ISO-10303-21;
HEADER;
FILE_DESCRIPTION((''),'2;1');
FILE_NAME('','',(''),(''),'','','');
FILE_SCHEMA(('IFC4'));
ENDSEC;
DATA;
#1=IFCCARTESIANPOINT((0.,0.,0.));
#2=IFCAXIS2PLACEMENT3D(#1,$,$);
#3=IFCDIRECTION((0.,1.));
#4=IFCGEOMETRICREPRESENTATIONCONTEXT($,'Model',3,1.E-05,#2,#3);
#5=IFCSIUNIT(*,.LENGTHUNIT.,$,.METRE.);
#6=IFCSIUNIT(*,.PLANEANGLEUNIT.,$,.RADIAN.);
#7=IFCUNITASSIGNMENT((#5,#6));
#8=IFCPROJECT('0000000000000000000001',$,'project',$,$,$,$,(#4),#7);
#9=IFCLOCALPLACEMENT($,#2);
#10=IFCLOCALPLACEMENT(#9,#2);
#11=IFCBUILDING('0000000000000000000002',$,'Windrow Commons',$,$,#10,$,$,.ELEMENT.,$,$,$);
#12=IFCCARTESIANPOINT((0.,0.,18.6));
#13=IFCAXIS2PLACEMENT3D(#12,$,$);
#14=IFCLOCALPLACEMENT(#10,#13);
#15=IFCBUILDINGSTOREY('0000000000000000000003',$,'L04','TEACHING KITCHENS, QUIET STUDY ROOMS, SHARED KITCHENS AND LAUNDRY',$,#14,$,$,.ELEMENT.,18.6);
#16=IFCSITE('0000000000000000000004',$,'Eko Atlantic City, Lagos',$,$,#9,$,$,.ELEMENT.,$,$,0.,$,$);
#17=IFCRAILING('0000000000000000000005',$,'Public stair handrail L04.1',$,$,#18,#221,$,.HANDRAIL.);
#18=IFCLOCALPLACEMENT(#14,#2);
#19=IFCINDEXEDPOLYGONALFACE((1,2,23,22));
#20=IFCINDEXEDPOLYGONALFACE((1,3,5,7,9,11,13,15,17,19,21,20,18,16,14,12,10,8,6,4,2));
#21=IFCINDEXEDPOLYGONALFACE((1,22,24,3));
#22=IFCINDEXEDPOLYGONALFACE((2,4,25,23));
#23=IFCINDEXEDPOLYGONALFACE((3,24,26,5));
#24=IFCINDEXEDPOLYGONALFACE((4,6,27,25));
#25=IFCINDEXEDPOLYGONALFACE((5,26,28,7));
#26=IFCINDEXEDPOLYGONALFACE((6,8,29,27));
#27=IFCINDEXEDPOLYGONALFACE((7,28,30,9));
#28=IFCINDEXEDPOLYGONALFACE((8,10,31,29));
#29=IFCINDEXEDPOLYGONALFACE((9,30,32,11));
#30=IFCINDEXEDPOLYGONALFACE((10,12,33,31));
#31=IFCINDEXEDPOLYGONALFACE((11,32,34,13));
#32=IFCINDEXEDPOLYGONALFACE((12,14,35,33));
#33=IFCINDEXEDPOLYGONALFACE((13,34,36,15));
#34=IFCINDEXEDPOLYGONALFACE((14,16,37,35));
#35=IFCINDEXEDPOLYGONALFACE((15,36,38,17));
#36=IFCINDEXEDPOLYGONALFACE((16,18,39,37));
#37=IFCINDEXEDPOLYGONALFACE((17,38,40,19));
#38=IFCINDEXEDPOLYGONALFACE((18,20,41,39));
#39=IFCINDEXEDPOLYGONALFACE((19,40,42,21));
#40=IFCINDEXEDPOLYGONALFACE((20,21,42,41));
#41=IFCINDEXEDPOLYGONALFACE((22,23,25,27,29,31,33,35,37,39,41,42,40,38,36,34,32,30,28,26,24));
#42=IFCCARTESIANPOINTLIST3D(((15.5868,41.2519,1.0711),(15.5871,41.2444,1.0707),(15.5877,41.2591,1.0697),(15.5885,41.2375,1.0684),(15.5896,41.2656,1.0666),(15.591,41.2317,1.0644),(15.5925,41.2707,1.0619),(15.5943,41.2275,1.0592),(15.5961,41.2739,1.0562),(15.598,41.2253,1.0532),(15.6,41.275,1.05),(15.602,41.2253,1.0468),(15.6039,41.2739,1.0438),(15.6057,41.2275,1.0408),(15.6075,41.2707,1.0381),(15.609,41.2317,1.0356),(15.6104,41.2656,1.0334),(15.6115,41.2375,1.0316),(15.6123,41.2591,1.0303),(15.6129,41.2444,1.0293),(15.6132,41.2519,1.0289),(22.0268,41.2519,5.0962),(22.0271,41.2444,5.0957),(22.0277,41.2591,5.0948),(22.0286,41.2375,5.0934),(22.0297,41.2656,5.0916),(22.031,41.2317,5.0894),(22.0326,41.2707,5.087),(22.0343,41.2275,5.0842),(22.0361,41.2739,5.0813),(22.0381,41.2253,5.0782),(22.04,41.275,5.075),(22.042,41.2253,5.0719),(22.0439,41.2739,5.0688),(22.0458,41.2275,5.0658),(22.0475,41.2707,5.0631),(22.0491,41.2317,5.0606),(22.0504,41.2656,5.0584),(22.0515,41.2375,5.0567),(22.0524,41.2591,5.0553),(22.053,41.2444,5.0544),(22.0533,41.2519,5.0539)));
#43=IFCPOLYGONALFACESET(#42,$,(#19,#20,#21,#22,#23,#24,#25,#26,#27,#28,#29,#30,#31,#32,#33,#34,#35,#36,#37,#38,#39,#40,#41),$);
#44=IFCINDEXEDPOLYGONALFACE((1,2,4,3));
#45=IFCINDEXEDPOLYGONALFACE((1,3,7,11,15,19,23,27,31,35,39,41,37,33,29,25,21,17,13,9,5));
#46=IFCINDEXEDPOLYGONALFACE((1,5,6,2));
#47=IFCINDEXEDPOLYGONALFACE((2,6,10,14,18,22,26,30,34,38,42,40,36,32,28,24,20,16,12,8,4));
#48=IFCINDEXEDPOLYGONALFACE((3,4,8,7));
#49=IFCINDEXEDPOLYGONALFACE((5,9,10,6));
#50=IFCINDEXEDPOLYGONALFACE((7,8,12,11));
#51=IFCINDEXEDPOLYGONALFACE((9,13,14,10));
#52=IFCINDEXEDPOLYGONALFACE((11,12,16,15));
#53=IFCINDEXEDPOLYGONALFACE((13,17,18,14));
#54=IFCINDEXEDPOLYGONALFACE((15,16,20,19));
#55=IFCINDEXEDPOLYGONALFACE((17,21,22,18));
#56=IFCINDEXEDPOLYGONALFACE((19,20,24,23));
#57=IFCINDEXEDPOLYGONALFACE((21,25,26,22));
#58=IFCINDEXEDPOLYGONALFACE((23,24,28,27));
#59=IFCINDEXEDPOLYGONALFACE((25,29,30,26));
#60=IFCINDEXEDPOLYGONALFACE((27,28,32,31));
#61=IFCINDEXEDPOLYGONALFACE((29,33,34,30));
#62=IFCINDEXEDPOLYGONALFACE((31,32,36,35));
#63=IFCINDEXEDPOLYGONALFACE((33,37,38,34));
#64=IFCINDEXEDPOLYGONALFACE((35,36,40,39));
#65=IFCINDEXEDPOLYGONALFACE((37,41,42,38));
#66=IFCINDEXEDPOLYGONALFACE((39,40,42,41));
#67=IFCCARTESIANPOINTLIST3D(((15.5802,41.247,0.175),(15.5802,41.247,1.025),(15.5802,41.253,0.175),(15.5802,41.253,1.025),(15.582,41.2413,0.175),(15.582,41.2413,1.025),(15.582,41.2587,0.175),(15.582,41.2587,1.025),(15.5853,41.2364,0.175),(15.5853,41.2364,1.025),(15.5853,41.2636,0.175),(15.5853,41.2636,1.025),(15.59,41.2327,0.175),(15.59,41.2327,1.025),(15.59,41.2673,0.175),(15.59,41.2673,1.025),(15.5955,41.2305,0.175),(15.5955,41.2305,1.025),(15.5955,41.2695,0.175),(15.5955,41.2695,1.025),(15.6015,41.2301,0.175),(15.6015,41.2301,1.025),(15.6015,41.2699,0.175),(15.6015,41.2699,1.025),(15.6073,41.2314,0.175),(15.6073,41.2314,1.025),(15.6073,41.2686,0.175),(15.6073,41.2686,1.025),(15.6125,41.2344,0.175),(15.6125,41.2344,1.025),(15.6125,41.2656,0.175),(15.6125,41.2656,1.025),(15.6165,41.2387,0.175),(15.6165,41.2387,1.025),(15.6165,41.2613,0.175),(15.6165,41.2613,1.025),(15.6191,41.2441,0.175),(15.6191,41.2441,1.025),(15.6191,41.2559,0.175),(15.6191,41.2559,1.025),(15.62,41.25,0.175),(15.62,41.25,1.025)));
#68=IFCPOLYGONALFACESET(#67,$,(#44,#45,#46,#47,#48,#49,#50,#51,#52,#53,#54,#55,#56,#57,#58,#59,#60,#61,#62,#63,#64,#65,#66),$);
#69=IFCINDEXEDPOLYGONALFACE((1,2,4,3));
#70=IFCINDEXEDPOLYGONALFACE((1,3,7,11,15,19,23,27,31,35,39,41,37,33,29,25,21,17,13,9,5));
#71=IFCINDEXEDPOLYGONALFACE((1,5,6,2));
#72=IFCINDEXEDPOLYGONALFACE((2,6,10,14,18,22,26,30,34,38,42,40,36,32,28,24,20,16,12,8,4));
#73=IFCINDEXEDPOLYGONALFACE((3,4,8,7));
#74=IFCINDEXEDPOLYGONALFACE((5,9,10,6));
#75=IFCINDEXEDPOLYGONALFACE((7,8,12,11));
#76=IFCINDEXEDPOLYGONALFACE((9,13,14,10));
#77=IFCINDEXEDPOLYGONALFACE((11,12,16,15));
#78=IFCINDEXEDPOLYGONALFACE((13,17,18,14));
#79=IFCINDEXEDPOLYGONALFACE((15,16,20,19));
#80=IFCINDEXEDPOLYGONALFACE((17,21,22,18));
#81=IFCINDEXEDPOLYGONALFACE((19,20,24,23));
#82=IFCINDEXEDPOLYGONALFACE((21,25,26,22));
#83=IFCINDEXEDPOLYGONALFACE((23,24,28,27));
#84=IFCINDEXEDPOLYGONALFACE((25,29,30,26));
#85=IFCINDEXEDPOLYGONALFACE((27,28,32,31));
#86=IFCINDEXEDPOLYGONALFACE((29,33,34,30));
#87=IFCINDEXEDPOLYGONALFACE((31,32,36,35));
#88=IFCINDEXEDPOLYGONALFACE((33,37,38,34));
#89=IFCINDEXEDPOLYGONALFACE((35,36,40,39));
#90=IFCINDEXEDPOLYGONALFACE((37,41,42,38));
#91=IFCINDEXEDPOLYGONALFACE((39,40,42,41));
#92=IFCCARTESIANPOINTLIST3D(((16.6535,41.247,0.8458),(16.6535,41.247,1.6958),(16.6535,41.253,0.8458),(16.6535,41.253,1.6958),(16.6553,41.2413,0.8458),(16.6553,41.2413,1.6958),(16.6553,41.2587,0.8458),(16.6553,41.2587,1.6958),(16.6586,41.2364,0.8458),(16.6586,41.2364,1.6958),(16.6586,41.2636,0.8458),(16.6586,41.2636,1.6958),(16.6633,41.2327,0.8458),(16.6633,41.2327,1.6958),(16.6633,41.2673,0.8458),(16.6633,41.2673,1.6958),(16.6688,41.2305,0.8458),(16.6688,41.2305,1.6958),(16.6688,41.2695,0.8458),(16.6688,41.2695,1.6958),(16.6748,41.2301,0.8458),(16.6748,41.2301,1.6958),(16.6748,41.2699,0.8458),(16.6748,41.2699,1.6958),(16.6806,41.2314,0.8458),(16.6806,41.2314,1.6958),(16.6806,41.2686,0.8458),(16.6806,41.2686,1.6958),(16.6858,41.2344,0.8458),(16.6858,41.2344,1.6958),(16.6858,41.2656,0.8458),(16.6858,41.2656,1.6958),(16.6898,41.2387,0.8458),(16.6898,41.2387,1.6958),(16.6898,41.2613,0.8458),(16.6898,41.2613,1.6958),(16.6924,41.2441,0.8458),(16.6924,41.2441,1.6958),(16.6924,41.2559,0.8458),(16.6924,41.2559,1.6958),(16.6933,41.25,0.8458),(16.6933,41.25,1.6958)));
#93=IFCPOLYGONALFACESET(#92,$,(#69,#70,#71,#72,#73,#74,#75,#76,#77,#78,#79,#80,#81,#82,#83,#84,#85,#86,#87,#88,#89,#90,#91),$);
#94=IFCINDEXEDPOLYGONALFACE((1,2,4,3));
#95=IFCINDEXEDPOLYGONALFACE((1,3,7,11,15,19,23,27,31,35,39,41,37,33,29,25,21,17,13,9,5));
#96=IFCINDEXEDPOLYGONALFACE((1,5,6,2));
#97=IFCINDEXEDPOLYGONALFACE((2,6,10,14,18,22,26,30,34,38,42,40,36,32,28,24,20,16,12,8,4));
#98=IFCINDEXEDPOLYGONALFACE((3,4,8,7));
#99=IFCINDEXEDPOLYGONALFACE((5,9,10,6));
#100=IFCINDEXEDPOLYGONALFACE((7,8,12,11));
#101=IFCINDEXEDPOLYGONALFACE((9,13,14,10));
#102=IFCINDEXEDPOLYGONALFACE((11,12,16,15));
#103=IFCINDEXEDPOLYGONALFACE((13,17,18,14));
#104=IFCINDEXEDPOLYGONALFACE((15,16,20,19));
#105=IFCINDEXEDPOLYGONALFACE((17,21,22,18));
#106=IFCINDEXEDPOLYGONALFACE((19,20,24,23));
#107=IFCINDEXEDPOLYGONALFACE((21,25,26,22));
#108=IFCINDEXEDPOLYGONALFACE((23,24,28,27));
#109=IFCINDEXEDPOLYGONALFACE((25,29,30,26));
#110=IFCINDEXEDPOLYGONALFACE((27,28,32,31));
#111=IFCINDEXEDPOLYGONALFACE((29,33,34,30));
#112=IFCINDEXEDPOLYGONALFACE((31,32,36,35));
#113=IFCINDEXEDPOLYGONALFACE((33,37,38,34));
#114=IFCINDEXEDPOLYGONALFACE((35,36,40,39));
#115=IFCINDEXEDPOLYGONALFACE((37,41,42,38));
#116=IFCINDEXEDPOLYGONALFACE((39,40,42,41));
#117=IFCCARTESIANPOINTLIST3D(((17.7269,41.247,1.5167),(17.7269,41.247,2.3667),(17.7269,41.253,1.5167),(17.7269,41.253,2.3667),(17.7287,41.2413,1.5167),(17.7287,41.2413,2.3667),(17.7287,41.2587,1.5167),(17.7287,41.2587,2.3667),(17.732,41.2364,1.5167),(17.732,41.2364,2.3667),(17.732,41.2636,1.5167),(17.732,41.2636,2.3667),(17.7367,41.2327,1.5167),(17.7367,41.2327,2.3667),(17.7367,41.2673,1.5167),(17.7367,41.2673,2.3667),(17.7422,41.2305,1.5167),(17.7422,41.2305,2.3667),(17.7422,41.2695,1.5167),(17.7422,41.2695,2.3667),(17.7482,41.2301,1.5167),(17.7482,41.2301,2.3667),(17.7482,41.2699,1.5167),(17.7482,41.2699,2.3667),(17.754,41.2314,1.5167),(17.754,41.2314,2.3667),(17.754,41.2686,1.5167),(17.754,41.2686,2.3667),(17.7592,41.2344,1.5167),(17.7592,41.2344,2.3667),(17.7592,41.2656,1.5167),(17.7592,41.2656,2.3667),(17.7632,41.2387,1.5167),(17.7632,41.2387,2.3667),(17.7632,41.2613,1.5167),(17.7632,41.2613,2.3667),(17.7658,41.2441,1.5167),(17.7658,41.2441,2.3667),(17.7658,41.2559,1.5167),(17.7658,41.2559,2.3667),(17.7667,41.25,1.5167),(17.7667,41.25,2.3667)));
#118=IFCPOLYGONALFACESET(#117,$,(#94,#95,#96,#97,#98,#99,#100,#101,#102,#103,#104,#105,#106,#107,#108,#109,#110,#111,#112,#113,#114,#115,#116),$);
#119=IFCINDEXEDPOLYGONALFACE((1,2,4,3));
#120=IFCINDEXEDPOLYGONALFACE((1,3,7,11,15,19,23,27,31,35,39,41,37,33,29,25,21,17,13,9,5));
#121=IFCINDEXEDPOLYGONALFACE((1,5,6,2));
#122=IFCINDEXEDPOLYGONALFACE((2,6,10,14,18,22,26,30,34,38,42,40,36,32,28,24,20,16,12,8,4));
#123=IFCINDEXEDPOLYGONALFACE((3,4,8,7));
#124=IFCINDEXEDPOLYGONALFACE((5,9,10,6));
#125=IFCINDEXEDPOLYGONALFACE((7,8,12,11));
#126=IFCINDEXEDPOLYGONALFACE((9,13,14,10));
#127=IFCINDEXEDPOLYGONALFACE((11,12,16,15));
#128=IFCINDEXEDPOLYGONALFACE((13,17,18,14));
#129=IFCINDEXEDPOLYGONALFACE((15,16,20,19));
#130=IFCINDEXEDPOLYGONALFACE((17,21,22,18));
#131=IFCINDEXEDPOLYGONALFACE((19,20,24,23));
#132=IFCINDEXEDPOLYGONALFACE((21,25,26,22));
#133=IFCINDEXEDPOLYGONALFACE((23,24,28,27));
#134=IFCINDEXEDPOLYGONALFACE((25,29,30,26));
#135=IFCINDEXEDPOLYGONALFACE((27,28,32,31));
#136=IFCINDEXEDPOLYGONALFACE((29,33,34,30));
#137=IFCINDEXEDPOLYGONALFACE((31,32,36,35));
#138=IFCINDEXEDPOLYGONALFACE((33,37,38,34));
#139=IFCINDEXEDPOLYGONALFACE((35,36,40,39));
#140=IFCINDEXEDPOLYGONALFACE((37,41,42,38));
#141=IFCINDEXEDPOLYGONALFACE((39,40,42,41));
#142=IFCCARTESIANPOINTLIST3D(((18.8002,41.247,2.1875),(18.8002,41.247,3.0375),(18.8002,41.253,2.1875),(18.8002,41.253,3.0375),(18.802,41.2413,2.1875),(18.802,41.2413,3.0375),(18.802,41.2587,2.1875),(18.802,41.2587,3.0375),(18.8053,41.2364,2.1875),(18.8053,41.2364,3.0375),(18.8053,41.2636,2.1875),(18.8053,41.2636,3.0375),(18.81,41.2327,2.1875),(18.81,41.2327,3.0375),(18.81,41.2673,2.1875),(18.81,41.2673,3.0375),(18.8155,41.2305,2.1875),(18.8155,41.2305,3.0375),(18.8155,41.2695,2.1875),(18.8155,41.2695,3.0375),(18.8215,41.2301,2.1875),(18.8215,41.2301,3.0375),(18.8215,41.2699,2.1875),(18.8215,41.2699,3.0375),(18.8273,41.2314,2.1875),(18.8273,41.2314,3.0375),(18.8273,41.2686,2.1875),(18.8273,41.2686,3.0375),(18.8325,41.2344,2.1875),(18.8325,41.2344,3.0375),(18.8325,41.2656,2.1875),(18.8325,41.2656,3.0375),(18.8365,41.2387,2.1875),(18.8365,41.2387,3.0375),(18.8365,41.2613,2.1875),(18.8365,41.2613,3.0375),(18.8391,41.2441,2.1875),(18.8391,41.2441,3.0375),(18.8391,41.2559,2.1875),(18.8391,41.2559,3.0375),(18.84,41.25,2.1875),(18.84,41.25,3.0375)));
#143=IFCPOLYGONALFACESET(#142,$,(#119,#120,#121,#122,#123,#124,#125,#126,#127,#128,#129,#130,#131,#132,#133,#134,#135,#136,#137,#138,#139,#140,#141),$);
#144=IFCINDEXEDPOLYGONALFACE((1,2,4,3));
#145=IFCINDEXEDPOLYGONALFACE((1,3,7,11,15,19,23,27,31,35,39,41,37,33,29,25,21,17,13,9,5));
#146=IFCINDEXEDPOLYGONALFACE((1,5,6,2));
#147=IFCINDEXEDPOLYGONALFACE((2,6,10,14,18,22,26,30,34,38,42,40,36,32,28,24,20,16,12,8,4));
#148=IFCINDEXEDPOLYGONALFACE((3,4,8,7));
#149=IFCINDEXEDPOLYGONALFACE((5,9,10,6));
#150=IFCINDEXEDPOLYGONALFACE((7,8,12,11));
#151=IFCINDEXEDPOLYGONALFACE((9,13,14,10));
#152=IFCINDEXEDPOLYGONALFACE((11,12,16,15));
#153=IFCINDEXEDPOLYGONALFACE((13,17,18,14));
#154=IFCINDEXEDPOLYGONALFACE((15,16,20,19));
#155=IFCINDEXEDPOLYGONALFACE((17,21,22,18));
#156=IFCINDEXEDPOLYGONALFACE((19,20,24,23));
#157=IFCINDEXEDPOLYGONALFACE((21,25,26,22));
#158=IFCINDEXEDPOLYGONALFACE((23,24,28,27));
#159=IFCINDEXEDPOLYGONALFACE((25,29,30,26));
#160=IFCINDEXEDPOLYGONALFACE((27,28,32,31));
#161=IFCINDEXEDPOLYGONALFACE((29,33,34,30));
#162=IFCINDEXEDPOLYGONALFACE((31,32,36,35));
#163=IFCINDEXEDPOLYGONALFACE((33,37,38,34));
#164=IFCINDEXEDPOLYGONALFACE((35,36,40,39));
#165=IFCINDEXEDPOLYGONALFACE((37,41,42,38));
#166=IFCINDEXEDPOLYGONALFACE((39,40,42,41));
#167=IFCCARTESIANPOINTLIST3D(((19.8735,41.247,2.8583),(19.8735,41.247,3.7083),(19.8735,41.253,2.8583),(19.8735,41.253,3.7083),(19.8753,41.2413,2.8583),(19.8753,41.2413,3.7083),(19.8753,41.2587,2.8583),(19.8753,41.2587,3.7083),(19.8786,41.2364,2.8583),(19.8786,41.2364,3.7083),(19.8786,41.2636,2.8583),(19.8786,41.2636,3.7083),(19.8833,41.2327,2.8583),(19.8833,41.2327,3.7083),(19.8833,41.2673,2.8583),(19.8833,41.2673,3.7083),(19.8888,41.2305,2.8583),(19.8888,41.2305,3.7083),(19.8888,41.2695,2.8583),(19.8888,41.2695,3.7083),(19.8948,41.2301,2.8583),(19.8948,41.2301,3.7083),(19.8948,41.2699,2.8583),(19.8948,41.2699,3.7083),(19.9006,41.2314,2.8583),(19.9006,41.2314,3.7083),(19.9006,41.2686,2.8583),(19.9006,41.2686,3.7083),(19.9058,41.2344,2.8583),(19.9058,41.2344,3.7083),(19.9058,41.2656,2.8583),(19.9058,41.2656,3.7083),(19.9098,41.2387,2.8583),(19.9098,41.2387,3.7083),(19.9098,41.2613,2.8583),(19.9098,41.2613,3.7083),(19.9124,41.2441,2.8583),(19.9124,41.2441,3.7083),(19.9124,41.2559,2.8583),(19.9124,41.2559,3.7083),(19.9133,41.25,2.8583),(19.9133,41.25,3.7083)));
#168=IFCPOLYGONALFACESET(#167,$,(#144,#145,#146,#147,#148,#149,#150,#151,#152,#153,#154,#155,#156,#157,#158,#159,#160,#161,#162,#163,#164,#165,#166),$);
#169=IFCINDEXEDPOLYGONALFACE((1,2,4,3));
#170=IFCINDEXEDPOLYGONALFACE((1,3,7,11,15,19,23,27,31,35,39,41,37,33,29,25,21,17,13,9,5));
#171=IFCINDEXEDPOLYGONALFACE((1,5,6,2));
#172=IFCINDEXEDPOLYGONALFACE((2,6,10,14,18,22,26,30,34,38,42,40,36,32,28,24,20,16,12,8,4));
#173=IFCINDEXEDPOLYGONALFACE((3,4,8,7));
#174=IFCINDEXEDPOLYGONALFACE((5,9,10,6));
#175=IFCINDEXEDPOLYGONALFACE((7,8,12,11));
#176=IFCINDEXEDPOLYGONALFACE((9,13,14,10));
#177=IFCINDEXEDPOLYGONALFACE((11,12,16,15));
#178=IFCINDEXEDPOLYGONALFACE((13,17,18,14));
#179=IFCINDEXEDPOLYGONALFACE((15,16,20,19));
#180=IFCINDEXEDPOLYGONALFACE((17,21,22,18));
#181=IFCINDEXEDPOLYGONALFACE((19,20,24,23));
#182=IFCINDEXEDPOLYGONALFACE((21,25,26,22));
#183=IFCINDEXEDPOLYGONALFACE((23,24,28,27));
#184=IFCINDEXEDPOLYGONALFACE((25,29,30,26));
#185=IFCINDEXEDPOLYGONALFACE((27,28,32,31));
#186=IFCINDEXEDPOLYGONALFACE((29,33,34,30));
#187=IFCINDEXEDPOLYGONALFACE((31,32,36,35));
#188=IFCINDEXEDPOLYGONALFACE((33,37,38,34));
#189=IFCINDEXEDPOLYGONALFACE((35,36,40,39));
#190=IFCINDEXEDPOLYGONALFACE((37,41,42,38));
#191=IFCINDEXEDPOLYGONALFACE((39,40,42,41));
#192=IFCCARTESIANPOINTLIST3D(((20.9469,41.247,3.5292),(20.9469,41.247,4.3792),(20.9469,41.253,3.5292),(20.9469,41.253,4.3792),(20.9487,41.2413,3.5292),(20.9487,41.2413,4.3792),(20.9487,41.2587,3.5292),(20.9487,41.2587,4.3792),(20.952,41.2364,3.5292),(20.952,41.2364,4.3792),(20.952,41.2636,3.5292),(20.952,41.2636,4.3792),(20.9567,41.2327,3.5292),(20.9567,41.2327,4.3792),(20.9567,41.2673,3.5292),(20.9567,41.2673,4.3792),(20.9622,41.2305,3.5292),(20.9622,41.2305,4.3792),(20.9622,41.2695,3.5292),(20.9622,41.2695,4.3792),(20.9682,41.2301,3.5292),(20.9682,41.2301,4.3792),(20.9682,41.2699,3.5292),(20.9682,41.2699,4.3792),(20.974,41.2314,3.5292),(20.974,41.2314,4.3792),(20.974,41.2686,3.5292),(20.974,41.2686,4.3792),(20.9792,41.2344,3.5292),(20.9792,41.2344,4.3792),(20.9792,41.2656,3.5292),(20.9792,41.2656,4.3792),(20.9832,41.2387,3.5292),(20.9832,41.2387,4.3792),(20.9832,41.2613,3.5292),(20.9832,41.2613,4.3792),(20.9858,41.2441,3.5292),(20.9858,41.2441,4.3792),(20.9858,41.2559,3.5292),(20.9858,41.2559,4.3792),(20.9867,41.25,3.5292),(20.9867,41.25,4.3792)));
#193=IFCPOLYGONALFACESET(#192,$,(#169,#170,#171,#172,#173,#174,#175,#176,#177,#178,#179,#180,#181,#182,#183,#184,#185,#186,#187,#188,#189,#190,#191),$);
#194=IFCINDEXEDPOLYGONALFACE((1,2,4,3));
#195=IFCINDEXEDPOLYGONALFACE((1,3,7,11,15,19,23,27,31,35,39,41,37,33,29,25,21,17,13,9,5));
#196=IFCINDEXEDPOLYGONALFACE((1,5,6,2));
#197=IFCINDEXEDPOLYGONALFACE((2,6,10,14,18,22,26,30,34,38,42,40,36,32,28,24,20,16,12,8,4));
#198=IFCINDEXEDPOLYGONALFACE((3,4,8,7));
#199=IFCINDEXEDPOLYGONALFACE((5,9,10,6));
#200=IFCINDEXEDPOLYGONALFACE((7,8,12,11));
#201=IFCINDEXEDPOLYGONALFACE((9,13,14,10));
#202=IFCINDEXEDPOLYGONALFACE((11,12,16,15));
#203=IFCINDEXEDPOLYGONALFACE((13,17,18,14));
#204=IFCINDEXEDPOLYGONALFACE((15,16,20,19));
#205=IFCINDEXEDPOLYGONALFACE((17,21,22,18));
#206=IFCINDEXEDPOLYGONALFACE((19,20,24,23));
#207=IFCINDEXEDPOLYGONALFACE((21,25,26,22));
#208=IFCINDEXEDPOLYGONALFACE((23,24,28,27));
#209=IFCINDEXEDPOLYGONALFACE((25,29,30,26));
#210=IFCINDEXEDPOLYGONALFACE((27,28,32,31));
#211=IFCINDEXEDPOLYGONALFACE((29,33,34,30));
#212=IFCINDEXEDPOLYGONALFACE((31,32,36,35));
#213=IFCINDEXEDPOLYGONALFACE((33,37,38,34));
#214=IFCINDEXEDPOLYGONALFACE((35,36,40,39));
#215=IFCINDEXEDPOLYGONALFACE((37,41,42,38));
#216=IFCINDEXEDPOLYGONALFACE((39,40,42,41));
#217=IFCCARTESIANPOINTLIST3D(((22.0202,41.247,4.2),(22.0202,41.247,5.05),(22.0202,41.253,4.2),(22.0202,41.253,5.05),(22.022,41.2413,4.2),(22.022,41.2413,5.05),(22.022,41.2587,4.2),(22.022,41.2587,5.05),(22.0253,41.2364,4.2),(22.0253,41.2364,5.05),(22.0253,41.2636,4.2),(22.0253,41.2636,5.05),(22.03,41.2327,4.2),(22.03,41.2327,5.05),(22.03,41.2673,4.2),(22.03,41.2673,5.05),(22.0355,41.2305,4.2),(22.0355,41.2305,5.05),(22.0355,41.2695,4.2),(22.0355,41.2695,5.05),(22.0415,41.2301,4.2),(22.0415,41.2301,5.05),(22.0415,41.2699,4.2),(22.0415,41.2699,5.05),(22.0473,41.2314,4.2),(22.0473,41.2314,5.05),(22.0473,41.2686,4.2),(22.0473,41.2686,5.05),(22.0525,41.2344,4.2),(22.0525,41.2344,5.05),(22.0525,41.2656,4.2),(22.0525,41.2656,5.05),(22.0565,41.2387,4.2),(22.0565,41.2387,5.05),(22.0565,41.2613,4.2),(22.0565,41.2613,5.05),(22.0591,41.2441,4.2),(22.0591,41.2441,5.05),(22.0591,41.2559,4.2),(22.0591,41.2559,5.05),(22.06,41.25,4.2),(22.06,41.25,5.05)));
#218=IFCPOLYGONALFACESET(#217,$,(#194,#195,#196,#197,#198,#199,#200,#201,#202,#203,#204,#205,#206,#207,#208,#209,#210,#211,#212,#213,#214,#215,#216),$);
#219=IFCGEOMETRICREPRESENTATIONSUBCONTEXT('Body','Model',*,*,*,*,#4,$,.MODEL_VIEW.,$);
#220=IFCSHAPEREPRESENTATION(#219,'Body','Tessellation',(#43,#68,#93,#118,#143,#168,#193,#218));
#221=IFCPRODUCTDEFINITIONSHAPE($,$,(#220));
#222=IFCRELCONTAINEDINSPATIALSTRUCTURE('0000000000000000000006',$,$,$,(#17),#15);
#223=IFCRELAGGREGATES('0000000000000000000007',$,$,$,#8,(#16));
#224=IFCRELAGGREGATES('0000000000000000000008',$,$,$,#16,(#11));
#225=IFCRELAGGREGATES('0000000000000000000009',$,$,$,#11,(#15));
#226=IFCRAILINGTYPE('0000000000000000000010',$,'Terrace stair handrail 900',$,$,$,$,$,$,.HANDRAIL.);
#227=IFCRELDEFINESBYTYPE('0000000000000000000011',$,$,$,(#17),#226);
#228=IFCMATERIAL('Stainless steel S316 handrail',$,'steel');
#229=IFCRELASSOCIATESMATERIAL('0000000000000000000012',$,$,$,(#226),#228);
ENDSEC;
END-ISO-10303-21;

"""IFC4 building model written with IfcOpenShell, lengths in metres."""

from ifc_helpers import new_model, si_unit, direction, frame, origin, origin_2d, place, context, subcontext, project, spatial, circle, extrude, material, type_object, element, save


model = new_model("IFC4")

# Units and contexts
model_context = context("Model", 3, precision=1e-05, world=origin(), true_north=direction((0.0, 1.0)))
body_context = subcontext(model_context, "Body", "Model", "MODEL_VIEW")
ifc_project = project(units=[si_unit("LENGTHUNIT", "METRE"), si_unit("PLANEANGLEUNIT", "RADIAN")], contexts=[model_context])

# Site, building, storey
site_placement = place(None, origin())
site = spatial("IfcSite", under=ifc_project, at=site_placement, Name="Eko Atlantic City, Lagos", CompositionType="ELEMENT", RefElevation=0.0)
building_placement = place(site_placement, origin())
building = spatial("IfcBuilding", under=site, at=building_placement, Name="Windrow Commons", CompositionType="ELEMENT")
storey_placement = place(building_placement, frame((0.0, 0.0, 18.6)))
storey = spatial("IfcBuildingStorey", under=building, at=storey_placement, Name="L04", Description="TEACHING KITCHENS, QUIET STUDY ROOMS, SHARED KITCHENS AND LAUNDRY", CompositionType="ELEMENT", Elevation=18.6)

# Railing
ifc_material_1 = material(Name="Stainless steel S316 handrail", Category="steel")
railing_type_1 = type_object("IfcRailingType", Name="Terrace stair handrail 900", PredefinedType="HANDRAIL", material=ifc_material_1)
railing_1_placement = place(storey_placement, frame((15.6, 41.25, 0.175)))
element("IfcRailing", 1, at=railing_1_placement, inside=storey, type_object=railing_type_1, Name="Public stair handrail L04.1", PredefinedType="HANDRAIL", context=body_context, shape_type="SweptSolid", body=[
    extrude(circle(Radius=0.025, at=origin_2d()), frame((0.0, 0.0, 0.875), z_axis=(0.847998, 0.0, 0.529999), x_axis=(0.0, 1.0, 0.0)), (0.0, 0.0, 1.0), 7.5944),
    extrude(circle(Radius=0.02, at=origin_2d()), origin(), (0.0, 0.0, 1.0), 0.85),
    extrude(circle(Radius=0.02, at=origin_2d()), frame((1.0733, 0.0, 0.6708)), (0.0, 0.0, 1.0), 0.85),
    extrude(circle(Radius=0.02, at=origin_2d()), frame((2.1467, 0.0, 1.3417)), (0.0, 0.0, 1.0), 0.85),
    extrude(circle(Radius=0.02, at=origin_2d()), frame((3.22, 0.0, 2.0125)), (0.0, 0.0, 1.0), 0.85),
    extrude(circle(Radius=0.02, at=origin_2d()), frame((4.2933, 0.0, 2.6833)), (0.0, 0.0, 1.0), 0.85),
    extrude(circle(Radius=0.02, at=origin_2d()), frame((5.3667, 0.0, 3.3542)), (0.0, 0.0, 1.0), 0.85),
    extrude(circle(Radius=0.02, at=origin_2d()), frame((6.44, 0.0, 4.025)), (0.0, 0.0, 1.0), 0.85),
])

save(model, "model.ifc")
